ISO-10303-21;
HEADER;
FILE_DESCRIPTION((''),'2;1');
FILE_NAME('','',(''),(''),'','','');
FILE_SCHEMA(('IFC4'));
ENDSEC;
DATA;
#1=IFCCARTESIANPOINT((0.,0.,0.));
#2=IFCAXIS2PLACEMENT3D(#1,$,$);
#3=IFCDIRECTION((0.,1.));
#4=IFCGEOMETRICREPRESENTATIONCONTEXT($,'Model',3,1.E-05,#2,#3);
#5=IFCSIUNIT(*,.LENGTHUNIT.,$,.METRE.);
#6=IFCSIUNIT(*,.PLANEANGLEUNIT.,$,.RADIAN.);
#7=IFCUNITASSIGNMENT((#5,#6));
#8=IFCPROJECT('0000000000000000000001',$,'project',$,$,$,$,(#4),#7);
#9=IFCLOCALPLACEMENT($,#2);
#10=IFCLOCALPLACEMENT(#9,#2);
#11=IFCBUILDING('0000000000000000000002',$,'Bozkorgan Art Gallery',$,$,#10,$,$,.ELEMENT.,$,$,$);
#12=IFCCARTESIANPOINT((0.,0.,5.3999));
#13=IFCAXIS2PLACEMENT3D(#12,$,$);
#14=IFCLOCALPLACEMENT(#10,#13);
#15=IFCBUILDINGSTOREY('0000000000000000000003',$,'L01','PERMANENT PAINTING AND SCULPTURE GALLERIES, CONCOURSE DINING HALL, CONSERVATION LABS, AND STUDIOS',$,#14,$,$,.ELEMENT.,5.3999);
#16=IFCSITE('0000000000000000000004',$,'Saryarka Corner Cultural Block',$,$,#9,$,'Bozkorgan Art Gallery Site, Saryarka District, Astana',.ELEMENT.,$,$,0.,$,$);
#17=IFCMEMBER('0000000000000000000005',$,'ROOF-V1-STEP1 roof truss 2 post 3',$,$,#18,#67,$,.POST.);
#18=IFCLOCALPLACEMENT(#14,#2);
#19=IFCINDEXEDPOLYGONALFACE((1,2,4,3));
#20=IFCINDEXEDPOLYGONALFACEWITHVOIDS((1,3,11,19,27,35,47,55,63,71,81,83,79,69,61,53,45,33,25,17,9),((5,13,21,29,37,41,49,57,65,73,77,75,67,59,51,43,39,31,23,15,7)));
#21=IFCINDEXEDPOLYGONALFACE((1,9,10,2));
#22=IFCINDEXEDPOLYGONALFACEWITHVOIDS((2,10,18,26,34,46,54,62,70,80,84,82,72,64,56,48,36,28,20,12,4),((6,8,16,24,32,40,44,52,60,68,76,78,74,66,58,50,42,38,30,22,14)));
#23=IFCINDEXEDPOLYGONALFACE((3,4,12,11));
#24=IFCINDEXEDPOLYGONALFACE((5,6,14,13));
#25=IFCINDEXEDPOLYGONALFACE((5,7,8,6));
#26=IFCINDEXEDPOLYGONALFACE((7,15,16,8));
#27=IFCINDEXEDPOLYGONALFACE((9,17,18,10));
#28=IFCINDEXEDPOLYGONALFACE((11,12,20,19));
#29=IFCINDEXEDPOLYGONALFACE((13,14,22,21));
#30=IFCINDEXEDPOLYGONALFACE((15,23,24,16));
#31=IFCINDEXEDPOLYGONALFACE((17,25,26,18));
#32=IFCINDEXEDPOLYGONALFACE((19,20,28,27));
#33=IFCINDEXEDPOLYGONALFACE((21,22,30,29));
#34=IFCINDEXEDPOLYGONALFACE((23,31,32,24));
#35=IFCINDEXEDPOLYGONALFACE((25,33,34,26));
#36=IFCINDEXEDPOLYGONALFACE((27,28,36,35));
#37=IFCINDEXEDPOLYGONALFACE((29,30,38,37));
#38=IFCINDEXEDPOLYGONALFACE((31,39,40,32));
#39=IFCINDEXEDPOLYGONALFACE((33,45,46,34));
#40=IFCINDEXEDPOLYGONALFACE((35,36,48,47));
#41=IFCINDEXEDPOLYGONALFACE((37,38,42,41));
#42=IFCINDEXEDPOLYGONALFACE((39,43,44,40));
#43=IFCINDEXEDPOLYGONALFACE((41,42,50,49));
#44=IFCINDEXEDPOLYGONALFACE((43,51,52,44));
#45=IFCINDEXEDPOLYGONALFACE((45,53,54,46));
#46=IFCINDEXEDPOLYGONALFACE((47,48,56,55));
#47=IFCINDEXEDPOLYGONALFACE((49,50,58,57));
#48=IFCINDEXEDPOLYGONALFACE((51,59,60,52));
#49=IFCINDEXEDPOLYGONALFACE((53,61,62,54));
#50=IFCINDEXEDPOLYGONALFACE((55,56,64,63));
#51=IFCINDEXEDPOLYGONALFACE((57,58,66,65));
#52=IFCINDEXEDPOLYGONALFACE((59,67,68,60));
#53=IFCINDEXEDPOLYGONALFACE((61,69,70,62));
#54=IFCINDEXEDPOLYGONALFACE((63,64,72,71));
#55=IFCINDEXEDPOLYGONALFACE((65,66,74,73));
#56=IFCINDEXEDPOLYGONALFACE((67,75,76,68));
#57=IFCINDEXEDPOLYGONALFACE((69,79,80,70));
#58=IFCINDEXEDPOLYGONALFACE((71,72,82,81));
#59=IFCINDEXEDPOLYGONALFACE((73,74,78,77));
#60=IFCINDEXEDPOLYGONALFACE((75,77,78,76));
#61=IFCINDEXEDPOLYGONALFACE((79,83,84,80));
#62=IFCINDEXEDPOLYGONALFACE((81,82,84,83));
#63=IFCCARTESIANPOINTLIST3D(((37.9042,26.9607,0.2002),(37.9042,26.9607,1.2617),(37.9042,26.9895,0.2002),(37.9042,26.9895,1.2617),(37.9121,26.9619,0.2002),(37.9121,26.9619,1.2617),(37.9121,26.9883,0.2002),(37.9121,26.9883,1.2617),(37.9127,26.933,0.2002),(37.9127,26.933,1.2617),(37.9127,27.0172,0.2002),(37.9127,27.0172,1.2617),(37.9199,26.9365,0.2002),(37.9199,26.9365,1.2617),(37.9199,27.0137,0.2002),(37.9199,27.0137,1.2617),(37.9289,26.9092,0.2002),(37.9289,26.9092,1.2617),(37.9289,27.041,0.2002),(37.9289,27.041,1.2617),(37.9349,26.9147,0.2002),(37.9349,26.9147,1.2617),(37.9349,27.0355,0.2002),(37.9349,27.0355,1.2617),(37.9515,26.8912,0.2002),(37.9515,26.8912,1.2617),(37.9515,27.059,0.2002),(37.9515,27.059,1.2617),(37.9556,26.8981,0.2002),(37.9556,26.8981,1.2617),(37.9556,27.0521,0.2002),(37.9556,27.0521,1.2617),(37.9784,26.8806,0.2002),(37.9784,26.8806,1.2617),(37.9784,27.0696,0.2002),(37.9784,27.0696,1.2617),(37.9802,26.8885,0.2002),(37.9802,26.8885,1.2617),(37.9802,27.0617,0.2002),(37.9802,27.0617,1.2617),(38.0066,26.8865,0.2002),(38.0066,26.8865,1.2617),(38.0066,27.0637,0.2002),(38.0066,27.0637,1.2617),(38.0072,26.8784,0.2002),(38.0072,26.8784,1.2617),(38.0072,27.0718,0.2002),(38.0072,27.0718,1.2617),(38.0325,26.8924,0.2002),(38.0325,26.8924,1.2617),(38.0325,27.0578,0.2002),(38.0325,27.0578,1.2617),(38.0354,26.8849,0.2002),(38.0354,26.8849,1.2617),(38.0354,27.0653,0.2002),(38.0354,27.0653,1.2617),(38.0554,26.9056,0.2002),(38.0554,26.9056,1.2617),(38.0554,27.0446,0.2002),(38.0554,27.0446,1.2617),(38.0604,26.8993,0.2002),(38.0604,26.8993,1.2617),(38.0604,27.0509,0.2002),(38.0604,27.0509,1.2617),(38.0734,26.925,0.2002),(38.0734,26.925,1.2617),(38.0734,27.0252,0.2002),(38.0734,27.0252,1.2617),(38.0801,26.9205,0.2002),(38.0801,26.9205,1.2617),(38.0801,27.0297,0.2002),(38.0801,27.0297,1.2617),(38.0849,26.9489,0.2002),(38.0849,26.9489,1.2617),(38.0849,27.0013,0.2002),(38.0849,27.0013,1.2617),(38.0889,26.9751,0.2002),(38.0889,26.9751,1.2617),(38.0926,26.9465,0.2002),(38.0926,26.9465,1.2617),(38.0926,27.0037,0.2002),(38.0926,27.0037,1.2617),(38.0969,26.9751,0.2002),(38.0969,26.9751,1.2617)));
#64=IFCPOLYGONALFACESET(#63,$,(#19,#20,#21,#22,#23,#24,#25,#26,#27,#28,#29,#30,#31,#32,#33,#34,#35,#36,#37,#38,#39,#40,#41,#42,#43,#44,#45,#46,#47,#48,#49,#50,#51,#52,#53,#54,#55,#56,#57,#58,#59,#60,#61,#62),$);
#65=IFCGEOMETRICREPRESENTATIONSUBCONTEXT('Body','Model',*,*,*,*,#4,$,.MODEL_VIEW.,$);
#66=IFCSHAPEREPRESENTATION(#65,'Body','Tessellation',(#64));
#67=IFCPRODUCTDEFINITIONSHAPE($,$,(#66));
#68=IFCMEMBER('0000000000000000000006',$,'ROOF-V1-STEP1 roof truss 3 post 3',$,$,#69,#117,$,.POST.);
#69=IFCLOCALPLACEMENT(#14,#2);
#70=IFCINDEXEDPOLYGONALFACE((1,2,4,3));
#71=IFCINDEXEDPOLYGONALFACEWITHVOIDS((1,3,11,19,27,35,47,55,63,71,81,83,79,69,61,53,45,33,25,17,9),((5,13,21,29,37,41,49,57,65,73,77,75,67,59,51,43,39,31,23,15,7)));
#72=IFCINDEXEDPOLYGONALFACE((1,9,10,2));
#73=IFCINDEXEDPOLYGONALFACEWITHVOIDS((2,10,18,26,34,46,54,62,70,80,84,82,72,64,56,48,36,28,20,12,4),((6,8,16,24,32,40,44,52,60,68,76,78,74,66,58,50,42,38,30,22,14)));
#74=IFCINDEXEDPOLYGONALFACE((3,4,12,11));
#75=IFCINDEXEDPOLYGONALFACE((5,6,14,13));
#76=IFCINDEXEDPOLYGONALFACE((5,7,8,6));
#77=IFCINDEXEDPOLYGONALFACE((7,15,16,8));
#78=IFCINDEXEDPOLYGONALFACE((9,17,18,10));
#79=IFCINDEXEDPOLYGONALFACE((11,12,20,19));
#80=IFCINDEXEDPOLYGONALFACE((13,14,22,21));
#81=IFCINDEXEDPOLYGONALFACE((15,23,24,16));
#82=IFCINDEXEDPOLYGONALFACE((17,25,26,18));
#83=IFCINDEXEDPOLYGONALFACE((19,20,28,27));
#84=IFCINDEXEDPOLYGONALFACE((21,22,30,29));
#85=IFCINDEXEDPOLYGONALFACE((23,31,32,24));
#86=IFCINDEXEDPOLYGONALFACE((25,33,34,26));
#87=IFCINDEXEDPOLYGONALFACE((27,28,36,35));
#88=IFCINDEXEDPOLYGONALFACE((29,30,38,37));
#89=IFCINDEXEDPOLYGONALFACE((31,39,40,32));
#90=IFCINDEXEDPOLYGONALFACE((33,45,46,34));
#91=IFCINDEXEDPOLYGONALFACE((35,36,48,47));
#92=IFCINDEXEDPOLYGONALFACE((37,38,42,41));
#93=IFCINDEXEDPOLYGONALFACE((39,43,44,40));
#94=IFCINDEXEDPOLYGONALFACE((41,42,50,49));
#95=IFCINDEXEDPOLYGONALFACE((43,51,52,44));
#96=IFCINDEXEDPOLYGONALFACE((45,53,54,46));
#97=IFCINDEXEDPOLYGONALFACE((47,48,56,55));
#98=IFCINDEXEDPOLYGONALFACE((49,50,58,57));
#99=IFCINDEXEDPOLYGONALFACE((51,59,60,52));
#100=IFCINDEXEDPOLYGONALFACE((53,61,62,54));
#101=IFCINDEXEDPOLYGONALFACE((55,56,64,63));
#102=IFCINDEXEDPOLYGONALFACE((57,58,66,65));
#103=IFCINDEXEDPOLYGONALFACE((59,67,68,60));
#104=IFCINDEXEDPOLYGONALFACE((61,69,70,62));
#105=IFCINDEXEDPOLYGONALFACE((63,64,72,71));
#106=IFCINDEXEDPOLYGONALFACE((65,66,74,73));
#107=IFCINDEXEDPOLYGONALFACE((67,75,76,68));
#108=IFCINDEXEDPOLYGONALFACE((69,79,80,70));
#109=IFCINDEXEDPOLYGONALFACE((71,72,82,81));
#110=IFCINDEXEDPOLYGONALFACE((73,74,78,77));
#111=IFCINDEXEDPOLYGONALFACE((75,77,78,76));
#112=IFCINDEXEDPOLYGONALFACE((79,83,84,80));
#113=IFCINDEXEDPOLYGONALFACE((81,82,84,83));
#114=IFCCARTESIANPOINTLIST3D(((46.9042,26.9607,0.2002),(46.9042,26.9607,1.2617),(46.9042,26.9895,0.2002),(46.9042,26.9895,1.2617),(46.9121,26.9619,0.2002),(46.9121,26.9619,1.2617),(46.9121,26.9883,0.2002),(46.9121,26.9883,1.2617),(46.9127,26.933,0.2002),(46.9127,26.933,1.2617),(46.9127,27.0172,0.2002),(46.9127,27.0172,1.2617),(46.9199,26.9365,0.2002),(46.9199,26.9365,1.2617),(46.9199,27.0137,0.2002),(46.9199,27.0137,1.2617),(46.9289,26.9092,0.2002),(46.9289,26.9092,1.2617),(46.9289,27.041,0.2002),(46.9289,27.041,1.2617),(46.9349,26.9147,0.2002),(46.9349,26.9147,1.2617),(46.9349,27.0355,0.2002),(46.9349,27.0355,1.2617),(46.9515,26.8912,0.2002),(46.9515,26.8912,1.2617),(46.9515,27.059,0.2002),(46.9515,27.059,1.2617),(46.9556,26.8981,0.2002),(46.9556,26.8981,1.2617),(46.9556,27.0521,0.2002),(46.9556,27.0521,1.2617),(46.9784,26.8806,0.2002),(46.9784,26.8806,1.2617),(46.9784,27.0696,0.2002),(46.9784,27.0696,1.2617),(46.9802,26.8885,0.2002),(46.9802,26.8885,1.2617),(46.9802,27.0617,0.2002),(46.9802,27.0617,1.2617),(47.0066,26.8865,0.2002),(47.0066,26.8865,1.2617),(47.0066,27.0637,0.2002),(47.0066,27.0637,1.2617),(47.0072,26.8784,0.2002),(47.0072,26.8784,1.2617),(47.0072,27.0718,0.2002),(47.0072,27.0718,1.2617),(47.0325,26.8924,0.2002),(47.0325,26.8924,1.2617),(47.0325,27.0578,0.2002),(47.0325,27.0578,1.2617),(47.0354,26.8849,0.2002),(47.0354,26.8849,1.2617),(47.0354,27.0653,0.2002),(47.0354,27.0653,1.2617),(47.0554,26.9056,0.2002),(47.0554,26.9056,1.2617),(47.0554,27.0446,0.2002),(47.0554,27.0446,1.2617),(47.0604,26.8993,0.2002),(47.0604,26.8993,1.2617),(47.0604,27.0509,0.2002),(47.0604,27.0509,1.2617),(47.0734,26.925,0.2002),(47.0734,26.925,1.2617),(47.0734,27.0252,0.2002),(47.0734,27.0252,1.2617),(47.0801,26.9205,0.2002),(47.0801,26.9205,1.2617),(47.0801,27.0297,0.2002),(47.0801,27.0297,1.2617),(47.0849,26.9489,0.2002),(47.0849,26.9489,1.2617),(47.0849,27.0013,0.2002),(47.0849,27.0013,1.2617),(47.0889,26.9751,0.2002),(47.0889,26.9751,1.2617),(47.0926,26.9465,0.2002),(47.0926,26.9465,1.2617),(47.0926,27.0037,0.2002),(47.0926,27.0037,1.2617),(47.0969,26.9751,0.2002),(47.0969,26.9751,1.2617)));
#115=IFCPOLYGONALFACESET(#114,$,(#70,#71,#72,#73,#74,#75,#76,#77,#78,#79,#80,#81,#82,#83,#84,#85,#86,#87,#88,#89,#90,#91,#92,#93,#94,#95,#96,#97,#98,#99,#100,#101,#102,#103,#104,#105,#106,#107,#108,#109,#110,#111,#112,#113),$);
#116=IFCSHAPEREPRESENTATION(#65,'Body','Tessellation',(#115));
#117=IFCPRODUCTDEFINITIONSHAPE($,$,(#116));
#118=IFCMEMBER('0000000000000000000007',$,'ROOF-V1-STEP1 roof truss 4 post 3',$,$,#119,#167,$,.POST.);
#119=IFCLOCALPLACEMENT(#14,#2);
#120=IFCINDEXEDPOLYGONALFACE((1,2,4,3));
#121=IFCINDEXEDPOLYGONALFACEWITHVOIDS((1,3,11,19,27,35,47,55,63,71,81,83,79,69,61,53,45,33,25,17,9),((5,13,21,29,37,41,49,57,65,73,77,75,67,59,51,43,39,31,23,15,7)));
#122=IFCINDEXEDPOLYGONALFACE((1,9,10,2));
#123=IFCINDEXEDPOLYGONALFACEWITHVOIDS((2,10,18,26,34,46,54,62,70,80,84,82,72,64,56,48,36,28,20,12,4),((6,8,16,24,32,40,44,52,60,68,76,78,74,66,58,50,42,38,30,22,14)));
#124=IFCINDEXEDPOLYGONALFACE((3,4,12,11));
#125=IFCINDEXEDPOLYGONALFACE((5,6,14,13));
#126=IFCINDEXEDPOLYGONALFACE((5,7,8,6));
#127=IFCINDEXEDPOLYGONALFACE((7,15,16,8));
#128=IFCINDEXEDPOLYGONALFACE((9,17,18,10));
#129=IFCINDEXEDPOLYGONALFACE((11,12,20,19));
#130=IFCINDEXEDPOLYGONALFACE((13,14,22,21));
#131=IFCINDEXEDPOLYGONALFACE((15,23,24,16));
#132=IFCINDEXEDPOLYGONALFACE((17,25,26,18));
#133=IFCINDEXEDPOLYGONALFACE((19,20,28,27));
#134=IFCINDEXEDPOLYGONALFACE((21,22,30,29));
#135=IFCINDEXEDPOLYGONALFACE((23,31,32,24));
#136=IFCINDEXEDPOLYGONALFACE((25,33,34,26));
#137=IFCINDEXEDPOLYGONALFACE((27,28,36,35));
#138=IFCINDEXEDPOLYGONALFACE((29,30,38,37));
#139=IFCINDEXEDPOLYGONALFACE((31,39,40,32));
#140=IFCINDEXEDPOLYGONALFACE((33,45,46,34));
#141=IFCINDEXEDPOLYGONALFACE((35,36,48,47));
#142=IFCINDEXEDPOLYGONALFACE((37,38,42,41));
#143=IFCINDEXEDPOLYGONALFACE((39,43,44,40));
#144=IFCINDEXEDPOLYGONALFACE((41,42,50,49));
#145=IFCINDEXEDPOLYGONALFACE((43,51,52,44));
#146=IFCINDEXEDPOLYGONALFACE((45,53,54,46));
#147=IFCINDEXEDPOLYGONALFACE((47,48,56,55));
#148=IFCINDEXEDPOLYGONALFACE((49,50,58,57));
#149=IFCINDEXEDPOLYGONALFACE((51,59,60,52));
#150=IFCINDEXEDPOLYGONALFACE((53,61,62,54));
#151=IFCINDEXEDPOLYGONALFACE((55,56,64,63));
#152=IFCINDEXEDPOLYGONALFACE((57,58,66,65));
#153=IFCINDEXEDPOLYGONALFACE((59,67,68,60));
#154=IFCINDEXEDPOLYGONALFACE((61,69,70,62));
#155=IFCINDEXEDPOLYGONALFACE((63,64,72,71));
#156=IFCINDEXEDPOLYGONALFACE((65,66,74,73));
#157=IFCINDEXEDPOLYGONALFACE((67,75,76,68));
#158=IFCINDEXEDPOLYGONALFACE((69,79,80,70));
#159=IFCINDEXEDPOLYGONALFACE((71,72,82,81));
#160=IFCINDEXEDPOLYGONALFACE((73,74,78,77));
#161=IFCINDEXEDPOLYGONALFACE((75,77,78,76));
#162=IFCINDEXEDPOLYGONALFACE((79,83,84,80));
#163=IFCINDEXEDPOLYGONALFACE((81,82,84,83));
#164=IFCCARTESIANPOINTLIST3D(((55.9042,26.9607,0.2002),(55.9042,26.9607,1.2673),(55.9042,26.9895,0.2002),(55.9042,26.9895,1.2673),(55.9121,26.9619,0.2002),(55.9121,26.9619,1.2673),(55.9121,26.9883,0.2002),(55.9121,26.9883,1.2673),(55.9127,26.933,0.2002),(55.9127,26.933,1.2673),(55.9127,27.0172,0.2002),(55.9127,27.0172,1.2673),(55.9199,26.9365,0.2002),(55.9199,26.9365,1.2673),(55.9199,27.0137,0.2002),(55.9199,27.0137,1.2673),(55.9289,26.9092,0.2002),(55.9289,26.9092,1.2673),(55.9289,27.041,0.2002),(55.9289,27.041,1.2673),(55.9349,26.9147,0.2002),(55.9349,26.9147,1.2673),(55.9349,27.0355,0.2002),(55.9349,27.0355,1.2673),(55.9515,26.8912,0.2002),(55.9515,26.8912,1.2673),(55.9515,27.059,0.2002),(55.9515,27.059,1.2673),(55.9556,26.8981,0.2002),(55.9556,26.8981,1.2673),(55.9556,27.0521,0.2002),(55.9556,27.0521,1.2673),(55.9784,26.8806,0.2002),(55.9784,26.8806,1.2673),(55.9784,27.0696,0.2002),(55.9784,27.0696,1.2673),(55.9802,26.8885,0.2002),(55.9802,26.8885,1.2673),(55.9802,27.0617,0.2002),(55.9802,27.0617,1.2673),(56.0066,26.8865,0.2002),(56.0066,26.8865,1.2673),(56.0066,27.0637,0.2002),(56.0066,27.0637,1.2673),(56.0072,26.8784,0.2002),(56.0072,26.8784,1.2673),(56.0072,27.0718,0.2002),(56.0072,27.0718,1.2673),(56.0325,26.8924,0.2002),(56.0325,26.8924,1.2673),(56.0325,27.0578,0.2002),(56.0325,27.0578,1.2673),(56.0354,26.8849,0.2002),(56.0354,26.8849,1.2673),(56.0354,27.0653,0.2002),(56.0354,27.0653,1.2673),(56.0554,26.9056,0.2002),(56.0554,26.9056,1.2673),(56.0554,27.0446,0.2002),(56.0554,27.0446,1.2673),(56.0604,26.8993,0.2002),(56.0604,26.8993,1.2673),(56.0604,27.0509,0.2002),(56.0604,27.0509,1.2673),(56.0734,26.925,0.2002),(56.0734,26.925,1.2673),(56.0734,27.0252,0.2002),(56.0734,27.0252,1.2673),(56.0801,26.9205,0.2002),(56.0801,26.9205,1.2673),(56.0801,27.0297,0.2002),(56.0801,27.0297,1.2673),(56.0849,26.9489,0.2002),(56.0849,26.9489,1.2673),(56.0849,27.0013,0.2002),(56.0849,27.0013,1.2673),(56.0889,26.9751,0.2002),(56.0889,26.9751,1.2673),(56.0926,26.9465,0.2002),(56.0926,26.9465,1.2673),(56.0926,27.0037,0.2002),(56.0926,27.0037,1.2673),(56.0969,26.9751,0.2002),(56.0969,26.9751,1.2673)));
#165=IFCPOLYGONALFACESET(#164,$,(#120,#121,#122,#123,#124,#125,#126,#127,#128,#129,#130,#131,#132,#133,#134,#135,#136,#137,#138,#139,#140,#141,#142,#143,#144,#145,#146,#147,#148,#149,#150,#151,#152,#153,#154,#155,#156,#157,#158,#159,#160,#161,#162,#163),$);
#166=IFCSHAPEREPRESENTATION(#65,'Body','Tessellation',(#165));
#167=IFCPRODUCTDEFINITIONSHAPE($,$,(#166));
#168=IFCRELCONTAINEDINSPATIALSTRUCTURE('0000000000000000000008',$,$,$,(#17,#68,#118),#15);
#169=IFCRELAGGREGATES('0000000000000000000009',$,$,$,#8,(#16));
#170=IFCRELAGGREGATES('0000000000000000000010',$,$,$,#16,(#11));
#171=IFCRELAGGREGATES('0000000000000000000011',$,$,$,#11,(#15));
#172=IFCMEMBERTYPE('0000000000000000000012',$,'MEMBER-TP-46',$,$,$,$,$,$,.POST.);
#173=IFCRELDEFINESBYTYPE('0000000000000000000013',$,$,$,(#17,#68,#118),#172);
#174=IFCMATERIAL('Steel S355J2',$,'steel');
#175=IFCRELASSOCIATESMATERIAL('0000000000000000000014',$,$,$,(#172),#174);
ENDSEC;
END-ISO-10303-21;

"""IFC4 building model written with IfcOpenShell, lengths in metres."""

from ifc_helpers import new_model, si_unit, direction, frame, origin, origin_2d, place, context, subcontext, project, spatial, hollow_circle, extrude, material, material_profile, profile_set, type_object, element, save


model = new_model("IFC4")

# Units and contexts
model_context = context("Model", 3, precision=1e-05, world=origin(), true_north=direction((0.0, 1.0)))
body_context = subcontext(model_context, "Body", "Model", "MODEL_VIEW")
ifc_project = project(units=[si_unit("LENGTHUNIT", "METRE"), si_unit("PLANEANGLEUNIT", "RADIAN")], contexts=[model_context])

# Site, building, storey
site_placement = place(None, origin())
site = spatial("IfcSite", under=ifc_project, at=site_placement, Name="Saryarka Corner Cultural Block", LongName="Bozkorgan Art Gallery Site, Saryarka District, Astana", CompositionType="ELEMENT", RefElevation=0.0)
building_placement = place(site_placement, origin())
building = spatial("IfcBuilding", under=site, at=building_placement, Name="Bozkorgan Art Gallery", CompositionType="ELEMENT")
storey_placement = place(building_placement, frame((0.0, 0.0, 5.3999)))
storey = spatial("IfcBuildingStorey", under=building, at=storey_placement, Name="L01", Description="PERMANENT PAINTING AND SCULPTURE GALLERIES, CONCOURSE DINING HALL, CONSERVATION LABS, AND STUDIOS", CompositionType="ELEMENT", Elevation=5.3999)

# Members
ifc_material_1 = material(Name="Steel S355J2", Category="steel")
ifc_material_profile_1 = material_profile(ifc_material_1, hollow_circle(Radius=0.0969, WallThickness=0.0081, at=origin_2d()), Name="CHS 193.7x8")
ifc_profile_set_1 = profile_set([ifc_material_profile_1], Name="Steel S355J2")
member_type_1 = type_object("IfcMemberType", Name="MEMBER-TP-46", PredefinedType="POST", material=ifc_profile_set_1)
for number, where, z_axis, x_axis, name in (
    (1, (38.0, 26.9751, 0.2002), (0.0, 0.0, 1.0), (1.0, 0.0, 0.0), "ROOF-V1-STEP1 roof truss 2 post 3"),
    (2, (47.0, 26.9751, 0.2002), (0.0, 0.0, 1.0), (1.0, 0.0, 0.0), "ROOF-V1-STEP1 roof truss 3 post 3"),
):
    element("IfcMember", number, at=place(storey_placement, frame(where, z_axis=z_axis, x_axis=x_axis)), inside=storey, type_object=member_type_1, Name=name, PredefinedType="POST", context=body_context, shape_type="SweptSolid", body=[
        extrude(hollow_circle(Radius=0.0969, WallThickness=0.0081, at=origin_2d()), origin(), (0.0, 0.0, 1.0), 1.0615),
    ])
member_1_placement = place(storey_placement, frame((56.0, 26.9751, 0.2002), z_axis=(0.0, 0.0, 1.0), x_axis=(1.0, 0.0, 0.0)))
element("IfcMember", 3, at=member_1_placement, inside=storey, type_object=member_type_1, Name="ROOF-V1-STEP1 roof truss 4 post 3", PredefinedType="POST", context=body_context, shape_type="SweptSolid", body=[
    extrude(hollow_circle(Radius=0.0969, WallThickness=0.0081, at=origin_2d()), origin(), (0.0, 0.0, 1.0), 1.0671),
])

save(model, "model.ifc")
